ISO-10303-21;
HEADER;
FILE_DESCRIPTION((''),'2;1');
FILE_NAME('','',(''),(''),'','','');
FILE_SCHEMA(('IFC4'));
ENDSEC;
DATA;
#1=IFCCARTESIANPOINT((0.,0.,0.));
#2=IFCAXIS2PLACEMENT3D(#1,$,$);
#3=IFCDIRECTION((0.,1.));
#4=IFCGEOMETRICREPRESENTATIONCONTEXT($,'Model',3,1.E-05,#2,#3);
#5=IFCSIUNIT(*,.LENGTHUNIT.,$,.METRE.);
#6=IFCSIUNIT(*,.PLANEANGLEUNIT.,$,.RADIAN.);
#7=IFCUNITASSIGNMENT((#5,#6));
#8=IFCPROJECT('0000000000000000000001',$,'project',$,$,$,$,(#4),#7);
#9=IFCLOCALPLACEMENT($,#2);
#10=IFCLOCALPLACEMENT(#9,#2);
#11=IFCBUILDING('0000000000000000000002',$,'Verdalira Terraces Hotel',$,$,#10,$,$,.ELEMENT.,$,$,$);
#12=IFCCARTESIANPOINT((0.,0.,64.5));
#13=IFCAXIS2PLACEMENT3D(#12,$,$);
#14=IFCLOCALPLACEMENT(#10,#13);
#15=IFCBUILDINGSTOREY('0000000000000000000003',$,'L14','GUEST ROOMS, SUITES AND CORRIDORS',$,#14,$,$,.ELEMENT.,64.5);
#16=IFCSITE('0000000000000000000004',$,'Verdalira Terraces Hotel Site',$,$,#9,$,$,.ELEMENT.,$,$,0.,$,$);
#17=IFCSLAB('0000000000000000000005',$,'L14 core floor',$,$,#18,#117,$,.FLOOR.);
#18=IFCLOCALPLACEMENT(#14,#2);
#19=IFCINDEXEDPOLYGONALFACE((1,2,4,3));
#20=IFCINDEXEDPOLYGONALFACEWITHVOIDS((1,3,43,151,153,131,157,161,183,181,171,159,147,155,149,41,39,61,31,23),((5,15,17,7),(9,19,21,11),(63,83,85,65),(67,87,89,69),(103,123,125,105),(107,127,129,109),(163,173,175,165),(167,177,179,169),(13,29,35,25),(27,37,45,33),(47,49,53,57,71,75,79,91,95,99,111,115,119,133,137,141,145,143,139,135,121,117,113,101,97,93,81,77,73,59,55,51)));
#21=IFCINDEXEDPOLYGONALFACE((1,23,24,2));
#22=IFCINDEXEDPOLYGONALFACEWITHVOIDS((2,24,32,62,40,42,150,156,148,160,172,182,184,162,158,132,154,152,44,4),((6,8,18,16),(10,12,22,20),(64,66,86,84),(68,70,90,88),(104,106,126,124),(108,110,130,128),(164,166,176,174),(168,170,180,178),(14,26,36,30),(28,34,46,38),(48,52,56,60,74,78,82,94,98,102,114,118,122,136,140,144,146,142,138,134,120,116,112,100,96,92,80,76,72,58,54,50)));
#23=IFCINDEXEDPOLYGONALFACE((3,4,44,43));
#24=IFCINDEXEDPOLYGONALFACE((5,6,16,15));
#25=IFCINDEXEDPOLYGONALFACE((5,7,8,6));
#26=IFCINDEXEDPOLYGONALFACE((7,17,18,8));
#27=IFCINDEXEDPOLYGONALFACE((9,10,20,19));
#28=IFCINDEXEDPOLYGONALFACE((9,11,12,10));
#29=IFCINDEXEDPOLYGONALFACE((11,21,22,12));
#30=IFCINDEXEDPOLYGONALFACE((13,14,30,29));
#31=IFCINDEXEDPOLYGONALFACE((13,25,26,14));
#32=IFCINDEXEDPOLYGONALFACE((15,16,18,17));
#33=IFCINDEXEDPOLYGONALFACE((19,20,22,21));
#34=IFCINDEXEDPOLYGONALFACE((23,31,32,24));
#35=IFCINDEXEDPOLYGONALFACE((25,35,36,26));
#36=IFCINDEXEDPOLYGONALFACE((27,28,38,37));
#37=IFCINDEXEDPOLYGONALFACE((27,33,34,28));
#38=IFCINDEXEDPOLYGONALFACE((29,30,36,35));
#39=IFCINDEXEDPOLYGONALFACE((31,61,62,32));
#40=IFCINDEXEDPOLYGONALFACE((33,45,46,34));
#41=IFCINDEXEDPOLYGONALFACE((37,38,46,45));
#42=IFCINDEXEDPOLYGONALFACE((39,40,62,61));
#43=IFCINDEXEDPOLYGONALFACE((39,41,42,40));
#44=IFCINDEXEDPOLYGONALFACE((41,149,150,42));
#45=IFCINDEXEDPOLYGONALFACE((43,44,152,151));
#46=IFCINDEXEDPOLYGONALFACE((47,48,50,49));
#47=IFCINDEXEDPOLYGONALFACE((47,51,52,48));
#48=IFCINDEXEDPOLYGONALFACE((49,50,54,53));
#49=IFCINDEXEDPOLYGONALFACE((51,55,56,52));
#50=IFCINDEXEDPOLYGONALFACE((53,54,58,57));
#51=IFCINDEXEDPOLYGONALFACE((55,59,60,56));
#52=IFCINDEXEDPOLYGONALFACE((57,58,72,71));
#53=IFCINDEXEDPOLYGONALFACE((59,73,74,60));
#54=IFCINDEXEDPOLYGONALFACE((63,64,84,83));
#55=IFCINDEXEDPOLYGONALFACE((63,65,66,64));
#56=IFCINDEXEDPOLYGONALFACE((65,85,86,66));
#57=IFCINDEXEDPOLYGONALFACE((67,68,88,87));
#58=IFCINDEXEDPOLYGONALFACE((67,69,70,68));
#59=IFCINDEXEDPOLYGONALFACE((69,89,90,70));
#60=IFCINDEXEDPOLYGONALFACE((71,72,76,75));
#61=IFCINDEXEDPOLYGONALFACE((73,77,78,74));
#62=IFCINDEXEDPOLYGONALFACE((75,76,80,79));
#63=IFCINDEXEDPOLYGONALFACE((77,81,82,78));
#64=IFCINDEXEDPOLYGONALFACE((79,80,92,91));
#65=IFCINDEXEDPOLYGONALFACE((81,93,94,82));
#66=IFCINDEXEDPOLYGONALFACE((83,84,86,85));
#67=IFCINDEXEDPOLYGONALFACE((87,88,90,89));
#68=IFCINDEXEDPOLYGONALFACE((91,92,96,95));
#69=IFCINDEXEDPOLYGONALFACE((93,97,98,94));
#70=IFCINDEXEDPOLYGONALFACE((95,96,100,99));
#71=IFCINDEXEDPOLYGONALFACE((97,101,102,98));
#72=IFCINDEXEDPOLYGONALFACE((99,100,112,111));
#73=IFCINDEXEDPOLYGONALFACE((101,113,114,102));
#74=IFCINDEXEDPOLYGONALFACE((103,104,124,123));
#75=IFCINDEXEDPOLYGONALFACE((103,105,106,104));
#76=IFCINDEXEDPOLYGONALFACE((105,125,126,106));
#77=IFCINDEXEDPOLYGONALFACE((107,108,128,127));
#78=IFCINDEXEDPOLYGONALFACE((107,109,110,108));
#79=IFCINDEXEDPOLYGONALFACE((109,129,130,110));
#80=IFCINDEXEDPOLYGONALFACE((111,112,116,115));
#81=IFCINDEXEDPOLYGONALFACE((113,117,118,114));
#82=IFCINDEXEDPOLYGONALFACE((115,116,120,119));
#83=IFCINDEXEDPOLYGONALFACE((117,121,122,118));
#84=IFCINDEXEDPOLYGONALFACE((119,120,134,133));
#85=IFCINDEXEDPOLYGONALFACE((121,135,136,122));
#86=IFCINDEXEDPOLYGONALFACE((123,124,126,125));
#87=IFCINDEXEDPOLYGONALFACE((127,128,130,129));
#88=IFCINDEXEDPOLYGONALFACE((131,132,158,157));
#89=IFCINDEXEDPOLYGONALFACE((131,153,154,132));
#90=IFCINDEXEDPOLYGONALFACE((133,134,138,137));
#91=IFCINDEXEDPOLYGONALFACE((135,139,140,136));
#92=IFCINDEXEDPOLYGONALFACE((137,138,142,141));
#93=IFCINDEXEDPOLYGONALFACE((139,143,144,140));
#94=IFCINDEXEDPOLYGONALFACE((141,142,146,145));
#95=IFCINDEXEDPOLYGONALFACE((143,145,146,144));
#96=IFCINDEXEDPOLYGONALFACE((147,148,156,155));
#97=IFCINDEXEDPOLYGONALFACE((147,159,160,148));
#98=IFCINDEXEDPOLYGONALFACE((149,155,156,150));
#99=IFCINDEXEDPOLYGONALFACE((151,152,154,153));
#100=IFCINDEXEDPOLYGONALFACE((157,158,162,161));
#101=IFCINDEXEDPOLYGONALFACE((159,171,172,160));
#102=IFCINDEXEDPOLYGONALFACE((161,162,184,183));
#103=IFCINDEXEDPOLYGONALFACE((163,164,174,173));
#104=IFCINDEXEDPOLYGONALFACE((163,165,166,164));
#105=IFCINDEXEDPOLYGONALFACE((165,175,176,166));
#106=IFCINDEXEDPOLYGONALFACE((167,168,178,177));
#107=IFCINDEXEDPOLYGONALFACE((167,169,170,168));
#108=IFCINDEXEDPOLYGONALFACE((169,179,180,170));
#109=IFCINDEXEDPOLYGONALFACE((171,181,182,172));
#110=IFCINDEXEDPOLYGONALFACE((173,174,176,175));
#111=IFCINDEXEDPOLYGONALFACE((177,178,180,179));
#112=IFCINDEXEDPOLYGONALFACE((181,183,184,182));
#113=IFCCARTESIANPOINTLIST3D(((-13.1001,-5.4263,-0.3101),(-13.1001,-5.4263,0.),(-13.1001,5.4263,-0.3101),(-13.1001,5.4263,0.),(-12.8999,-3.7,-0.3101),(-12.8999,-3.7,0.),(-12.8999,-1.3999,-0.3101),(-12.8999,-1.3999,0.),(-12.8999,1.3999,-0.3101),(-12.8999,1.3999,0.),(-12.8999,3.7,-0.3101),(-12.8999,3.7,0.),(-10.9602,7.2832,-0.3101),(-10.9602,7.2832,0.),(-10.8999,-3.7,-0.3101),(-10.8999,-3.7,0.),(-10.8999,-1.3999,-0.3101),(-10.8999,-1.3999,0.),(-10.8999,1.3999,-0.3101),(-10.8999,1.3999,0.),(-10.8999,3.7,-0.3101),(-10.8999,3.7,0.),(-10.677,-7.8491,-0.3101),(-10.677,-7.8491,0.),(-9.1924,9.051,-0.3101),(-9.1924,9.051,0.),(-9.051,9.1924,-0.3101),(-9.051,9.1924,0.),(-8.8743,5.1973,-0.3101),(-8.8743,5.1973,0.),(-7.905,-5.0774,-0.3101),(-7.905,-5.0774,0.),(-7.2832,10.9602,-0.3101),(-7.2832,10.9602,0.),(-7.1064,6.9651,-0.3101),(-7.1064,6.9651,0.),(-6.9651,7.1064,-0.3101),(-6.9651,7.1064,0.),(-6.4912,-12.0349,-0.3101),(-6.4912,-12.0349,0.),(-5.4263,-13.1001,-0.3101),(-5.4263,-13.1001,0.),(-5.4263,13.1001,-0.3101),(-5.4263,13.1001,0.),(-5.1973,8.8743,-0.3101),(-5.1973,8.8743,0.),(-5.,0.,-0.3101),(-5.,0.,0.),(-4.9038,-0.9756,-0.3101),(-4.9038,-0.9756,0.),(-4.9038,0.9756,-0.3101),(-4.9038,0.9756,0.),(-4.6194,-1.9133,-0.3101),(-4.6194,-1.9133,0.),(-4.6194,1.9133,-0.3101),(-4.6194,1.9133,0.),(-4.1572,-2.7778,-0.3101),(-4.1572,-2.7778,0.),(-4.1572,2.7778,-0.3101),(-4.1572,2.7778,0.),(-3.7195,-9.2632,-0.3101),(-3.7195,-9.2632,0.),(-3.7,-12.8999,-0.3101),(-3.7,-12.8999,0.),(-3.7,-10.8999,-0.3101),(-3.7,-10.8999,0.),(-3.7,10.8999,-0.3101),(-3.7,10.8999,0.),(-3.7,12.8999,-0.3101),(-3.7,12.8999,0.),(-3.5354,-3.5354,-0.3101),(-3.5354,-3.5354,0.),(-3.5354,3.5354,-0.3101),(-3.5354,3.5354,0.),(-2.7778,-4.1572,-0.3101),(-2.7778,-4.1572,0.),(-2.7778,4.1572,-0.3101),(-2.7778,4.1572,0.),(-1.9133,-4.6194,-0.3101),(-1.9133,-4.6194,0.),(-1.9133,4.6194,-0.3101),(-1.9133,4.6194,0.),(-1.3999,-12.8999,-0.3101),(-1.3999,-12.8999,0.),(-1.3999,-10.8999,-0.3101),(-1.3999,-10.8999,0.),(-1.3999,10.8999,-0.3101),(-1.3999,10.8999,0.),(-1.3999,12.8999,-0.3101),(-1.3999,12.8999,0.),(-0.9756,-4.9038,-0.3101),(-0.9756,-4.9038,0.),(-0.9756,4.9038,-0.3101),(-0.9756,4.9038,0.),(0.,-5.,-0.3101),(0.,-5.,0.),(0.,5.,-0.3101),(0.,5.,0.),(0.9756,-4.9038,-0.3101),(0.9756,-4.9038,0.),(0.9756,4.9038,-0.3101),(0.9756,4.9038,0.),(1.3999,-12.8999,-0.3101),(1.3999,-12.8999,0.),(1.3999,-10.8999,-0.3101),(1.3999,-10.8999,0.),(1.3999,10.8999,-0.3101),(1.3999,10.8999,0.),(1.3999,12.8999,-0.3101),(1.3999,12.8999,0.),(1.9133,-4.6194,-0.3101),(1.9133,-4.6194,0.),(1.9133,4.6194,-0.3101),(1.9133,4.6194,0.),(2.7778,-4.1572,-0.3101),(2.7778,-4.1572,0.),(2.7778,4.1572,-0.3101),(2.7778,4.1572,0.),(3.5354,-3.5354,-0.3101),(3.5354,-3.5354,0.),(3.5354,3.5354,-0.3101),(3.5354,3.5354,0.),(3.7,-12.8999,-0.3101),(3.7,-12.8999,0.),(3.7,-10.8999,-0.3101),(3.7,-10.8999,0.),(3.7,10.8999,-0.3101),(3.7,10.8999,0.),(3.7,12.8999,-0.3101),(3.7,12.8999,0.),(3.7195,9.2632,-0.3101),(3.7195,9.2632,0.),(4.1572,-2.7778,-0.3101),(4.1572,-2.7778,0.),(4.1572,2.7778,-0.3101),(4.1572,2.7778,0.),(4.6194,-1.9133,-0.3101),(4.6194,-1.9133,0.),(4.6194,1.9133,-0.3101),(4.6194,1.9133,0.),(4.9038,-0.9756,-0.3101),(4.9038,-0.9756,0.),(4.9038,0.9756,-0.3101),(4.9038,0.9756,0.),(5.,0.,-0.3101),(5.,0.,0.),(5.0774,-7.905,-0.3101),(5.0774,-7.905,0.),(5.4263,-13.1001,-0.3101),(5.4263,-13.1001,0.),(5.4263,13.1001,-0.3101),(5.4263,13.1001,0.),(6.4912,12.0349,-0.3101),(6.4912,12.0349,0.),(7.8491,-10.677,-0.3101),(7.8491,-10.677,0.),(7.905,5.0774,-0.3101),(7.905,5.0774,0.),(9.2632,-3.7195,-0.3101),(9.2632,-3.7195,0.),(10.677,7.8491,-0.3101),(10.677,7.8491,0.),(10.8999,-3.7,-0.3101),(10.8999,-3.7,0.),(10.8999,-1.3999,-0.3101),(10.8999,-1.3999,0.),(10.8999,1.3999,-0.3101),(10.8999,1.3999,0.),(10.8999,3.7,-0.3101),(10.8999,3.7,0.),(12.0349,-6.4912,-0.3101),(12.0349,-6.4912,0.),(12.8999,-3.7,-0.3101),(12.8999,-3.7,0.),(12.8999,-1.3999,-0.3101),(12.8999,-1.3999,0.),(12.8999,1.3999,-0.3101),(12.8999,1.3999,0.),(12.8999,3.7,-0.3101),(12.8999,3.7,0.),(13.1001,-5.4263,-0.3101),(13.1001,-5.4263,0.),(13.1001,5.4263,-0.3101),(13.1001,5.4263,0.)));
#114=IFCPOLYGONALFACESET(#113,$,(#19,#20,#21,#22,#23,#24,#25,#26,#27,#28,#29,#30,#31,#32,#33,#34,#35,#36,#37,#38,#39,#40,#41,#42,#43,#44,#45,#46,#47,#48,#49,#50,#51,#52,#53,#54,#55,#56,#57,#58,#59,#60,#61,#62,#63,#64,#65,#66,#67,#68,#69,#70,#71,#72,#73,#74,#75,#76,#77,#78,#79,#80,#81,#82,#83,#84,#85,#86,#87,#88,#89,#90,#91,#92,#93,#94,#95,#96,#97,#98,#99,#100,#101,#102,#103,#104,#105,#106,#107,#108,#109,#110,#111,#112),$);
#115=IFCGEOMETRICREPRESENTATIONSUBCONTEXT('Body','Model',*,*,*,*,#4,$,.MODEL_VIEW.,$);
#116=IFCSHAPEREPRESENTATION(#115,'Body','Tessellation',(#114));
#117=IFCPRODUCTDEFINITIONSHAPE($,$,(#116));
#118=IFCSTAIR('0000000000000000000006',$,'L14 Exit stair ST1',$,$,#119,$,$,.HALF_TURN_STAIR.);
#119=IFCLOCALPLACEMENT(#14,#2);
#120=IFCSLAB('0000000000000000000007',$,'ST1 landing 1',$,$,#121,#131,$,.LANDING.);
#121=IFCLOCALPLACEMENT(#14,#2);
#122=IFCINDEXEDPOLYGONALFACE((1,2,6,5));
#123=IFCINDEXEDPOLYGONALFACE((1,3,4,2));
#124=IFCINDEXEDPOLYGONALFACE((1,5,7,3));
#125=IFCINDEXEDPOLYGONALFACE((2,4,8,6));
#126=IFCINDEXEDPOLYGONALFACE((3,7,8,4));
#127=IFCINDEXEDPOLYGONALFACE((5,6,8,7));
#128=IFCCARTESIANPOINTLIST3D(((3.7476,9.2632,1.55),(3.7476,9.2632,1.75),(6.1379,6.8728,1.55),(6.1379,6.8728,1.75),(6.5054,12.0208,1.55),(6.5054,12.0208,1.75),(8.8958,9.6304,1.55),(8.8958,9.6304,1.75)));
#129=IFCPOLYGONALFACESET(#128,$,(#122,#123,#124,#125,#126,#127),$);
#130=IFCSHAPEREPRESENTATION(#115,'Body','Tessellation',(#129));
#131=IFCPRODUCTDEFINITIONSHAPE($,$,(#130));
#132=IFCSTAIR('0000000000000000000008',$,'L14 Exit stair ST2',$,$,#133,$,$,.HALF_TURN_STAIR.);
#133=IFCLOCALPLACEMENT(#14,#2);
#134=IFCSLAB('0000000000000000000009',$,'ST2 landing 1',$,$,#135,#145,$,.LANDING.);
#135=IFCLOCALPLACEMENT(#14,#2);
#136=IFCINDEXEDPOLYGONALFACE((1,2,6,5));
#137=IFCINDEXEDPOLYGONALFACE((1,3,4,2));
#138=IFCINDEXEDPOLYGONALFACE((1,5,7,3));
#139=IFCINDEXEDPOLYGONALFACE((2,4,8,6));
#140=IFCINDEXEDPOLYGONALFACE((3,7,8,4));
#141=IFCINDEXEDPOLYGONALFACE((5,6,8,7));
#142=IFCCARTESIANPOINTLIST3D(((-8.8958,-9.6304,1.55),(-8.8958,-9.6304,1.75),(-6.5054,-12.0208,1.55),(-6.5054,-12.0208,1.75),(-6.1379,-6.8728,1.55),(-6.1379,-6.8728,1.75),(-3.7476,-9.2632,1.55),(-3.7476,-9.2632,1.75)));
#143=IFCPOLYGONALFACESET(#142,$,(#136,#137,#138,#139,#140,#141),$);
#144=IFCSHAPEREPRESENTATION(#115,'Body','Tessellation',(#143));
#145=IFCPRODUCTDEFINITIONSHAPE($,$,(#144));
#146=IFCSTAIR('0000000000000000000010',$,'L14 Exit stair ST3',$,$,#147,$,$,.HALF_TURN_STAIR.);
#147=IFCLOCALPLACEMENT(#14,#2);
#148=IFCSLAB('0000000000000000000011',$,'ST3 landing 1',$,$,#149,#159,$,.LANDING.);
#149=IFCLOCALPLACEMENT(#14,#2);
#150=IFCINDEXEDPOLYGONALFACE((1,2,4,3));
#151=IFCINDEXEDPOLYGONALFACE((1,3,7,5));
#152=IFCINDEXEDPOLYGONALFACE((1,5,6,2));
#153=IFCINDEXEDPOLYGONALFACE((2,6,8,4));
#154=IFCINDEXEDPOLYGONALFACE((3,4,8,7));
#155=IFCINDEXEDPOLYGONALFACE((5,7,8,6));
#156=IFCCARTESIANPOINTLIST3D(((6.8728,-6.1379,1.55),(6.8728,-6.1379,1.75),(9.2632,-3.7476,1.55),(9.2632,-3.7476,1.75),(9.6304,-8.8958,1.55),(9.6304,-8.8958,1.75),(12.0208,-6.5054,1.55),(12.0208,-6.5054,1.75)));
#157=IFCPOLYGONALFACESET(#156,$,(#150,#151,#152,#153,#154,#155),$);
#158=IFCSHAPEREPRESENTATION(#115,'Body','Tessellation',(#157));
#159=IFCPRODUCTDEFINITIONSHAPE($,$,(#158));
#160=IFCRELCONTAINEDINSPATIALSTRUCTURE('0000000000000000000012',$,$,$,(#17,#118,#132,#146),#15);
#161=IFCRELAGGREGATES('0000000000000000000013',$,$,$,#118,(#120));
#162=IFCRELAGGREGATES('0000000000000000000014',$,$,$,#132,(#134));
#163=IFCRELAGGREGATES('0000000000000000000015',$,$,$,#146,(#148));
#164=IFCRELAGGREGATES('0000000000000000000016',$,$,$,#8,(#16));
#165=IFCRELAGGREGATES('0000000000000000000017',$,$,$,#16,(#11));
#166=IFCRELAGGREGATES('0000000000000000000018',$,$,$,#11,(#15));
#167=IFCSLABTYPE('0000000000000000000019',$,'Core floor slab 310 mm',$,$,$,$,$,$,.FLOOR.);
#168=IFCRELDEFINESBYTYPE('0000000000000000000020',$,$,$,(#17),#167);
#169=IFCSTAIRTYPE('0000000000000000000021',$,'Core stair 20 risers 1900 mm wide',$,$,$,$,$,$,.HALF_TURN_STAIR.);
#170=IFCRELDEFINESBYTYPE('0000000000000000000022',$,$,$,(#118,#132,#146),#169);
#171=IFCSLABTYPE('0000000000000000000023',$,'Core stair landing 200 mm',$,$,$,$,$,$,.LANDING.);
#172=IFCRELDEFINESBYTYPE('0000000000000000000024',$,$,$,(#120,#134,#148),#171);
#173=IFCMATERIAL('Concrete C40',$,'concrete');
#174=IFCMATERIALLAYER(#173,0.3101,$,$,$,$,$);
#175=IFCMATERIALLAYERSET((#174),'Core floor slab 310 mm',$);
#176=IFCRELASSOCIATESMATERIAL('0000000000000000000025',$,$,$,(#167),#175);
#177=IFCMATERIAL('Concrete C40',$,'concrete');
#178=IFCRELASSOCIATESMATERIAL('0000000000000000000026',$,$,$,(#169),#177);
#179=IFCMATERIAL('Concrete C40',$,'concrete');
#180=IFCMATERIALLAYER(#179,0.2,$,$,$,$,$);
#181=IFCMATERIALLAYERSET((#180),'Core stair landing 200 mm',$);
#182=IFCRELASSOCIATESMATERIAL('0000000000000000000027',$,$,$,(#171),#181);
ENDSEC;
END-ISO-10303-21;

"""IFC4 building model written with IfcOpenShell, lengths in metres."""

from ifc_helpers import new_model, si_unit, direction, frame, origin, place, context, subcontext, project, spatial, polyline, outline, extrude, material, layer, layer_set, type_object, element, aggregate, save


model = new_model("IFC4")

# Units and contexts
model_context = context("Model", 3, precision=1e-05, world=origin(), true_north=direction((0.0, 1.0)))
body_context = subcontext(model_context, "Body", "Model", "MODEL_VIEW")
ifc_project = project(units=[si_unit("LENGTHUNIT", "METRE"), si_unit("PLANEANGLEUNIT", "RADIAN")], contexts=[model_context])

# Site, building, storey
site_placement = place(None, origin())
site = spatial("IfcSite", under=ifc_project, at=site_placement, Name="Verdalira Terraces Hotel Site", CompositionType="ELEMENT", RefElevation=0.0)
building_placement = place(site_placement, origin())
building = spatial("IfcBuilding", under=site, at=building_placement, Name="Verdalira Terraces Hotel", CompositionType="ELEMENT")
storey_placement = place(building_placement, frame((0.0, 0.0, 64.5)))
storey = spatial("IfcBuildingStorey", under=building, at=storey_placement, Name="L14", Description="GUEST ROOMS, SUITES AND CORRIDORS", CompositionType="ELEMENT", Elevation=64.5)

# Slab
ifc_material_1 = material(Name="Concrete C40", Category="concrete")
ifc_layer_1 = layer(ifc_material_1, 0.3101)
ifc_layer_set_1 = layer_set([ifc_layer_1], Name="Core floor slab 310 mm")
slab_type_1 = type_object("IfcSlabType", Name="Core floor slab 310 mm", PredefinedType="FLOOR", material=ifc_layer_set_1)
slab_1_placement = place(storey_placement, frame((0.0, 0.0, -0.3101)))
element("IfcSlab", 1, at=slab_1_placement, inside=storey, type_object=slab_type_1, Name="L14 core floor", PredefinedType="FLOOR", context=body_context, shape_type="SweptSolid", body=[
    extrude(outline(polyline([(-5.4263, 13.1001), (5.4263, 13.1001), (6.4912, 12.0349), (3.7195, 9.2632), (7.905, 5.0774), (10.677, 7.8491), (13.1001, 5.4263), (13.1001, -5.4263), (12.0349, -6.4912), (9.2632, -3.7195), (5.0774, -7.905), (7.8491, -10.677), (5.4263, -13.1001), (-5.4263, -13.1001), (-6.4912, -12.0349), (-3.7195, -9.2632), (-7.905, -5.0774), (-10.677, -7.8491), (-13.1001, -5.4263), (-13.1001, 5.4263), (-5.4263, 13.1001)]), holes=[polyline([(12.8999, -3.7), (12.8999, -1.3999), (10.8999, -1.3999), (10.8999, -3.7), (12.8999, -3.7)]), polyline([(12.8999, 1.3999), (12.8999, 3.7), (10.8999, 3.7), (10.8999, 1.3999), (12.8999, 1.3999)]), polyline([(1.3999, 10.8999), (3.7, 10.8999), (3.7, 12.8999), (1.3999, 12.8999), (1.3999, 10.8999)]), polyline([(-3.7, 10.8999), (-1.3999, 10.8999), (-1.3999, 12.8999), (-3.7, 12.8999), (-3.7, 10.8999)]), polyline([(-12.8999, 3.7), (-12.8999, 1.3999), (-10.8999, 1.3999), (-10.8999, 3.7), (-12.8999, 3.7)]), polyline([(-12.8999, -1.3999), (-12.8999, -3.7), (-10.8999, -3.7), (-10.8999, -1.3999), (-12.8999, -1.3999)]), polyline([(-1.3999, -10.8999), (-3.7, -10.8999), (-3.7, -12.8999), (-1.3999, -12.8999), (-1.3999, -10.8999)]), polyline([(3.7, -10.8999), (1.3999, -10.8999), (1.3999, -12.8999), (3.7, -12.8999), (3.7, -10.8999)]), polyline([(-9.051, 9.1924), (-6.9651, 7.1064), (-5.1973, 8.8743), (-7.2832, 10.9602), (-9.051, 9.1924)]), polyline([(-9.1924, 9.051), (-10.9602, 7.2832), (-8.8743, 5.1973), (-7.1064, 6.9651), (-9.1924, 9.051)]), polyline([(3.5354, 3.5354), (2.7778, 4.1572), (1.9133, 4.6194), (0.9756, 4.9038), (0.0, 5.0), (-0.9756, 4.9038), (-1.9133, 4.6194), (-2.7778, 4.1572), (-3.5354, 3.5354), (-4.1572, 2.7778), (-4.6194, 1.9133), (-4.9038, 0.9756), (-5.0, 0.0), (-4.9038, -0.9756), (-4.6194, -1.9133), (-4.1572, -2.7778), (-3.5354, -3.5354), (-2.7778, -4.1572), (-1.9133, -4.6194), (-0.9756, -4.9038), (0.0, -5.0), (0.9756, -4.9038), (1.9133, -4.6194), (2.7778, -4.1572), (3.5354, -3.5354), (4.1572, -2.7778), (4.6194, -1.9133), (4.9038, -0.9756), (5.0, 0.0), (4.9038, 0.9756), (4.6194, 1.9133), (4.1572, 2.7778), (3.5354, 3.5354)])]), origin(), (0.0, 0.0, 1.0), 0.3101),
])

# Stairs, slabs
ifc_material_2 = material(Name="Concrete C40", Category="concrete")
stair_type = type_object("IfcStairType", Name="Core stair 20 risers 1900 mm wide", PredefinedType="HALF_TURN_STAIR", material=ifc_material_2)
stair_1_placement = place(storey_placement, origin())
stair_1 = element("IfcStair", 2, at=stair_1_placement, inside=storey, type_object=stair_type, Name="L14 Exit stair ST1", PredefinedType="HALF_TURN_STAIR")
ifc_material_3 = material(Name="Concrete C40", Category="concrete")
ifc_layer_2 = layer(ifc_material_3, 0.2)
ifc_layer_set_2 = layer_set([ifc_layer_2], Name="Core stair landing 200 mm")
slab_type_2 = type_object("IfcSlabType", Name="Core stair landing 200 mm", PredefinedType="LANDING", material=ifc_layer_set_2)
slab_2_placement = place(storey_placement, frame((0.0, 0.0, 1.55)))
slab_2 = element("IfcSlab", 3, at=slab_2_placement, type_object=slab_type_2, Name="ST1 landing 1", PredefinedType="LANDING", context=body_context, shape_type="SweptSolid", body=[
    extrude(outline(polyline([(8.8958, 9.6304), (6.5054, 12.0208), (3.7476, 9.2632), (6.1379, 6.8728), (8.8958, 9.6304)])), origin(), (0.0, 0.0, 1.0), 0.2),
])
aggregate(stair_1, [slab_2])
stair_2_placement = place(storey_placement, origin())
stair_2 = element("IfcStair", 4, at=stair_2_placement, inside=storey, type_object=stair_type, Name="L14 Exit stair ST2", PredefinedType="HALF_TURN_STAIR")
slab_3_placement = place(storey_placement, frame((0.0, 0.0, 1.55)))
slab_3 = element("IfcSlab", 5, at=slab_3_placement, type_object=slab_type_2, Name="ST2 landing 1", PredefinedType="LANDING", context=body_context, shape_type="SweptSolid", body=[
    extrude(outline(polyline([(-8.8958, -9.6304), (-6.5054, -12.0208), (-3.7476, -9.2632), (-6.1379, -6.8728), (-8.8958, -9.6304)])), origin(), (0.0, 0.0, 1.0), 0.2),
])
aggregate(stair_2, [slab_3])
stair_3_placement = place(storey_placement, origin())
stair_3 = element("IfcStair", 6, at=stair_3_placement, inside=storey, type_object=stair_type, Name="L14 Exit stair ST3", PredefinedType="HALF_TURN_STAIR")
slab_4_placement = place(storey_placement, frame((0.0, 0.0, 1.55)))
slab_4 = element("IfcSlab", 7, at=slab_4_placement, type_object=slab_type_2, Name="ST3 landing 1", PredefinedType="LANDING", context=body_context, shape_type="SweptSolid", body=[
    extrude(outline(polyline([(9.6304, -8.8958), (12.0208, -6.5054), (9.2632, -3.7476), (6.8728, -6.1379), (9.6304, -8.8958)])), origin(), (0.0, 0.0, 1.0), 0.2),
])
aggregate(stair_3, [slab_4])

save(model, "model.ifc")
